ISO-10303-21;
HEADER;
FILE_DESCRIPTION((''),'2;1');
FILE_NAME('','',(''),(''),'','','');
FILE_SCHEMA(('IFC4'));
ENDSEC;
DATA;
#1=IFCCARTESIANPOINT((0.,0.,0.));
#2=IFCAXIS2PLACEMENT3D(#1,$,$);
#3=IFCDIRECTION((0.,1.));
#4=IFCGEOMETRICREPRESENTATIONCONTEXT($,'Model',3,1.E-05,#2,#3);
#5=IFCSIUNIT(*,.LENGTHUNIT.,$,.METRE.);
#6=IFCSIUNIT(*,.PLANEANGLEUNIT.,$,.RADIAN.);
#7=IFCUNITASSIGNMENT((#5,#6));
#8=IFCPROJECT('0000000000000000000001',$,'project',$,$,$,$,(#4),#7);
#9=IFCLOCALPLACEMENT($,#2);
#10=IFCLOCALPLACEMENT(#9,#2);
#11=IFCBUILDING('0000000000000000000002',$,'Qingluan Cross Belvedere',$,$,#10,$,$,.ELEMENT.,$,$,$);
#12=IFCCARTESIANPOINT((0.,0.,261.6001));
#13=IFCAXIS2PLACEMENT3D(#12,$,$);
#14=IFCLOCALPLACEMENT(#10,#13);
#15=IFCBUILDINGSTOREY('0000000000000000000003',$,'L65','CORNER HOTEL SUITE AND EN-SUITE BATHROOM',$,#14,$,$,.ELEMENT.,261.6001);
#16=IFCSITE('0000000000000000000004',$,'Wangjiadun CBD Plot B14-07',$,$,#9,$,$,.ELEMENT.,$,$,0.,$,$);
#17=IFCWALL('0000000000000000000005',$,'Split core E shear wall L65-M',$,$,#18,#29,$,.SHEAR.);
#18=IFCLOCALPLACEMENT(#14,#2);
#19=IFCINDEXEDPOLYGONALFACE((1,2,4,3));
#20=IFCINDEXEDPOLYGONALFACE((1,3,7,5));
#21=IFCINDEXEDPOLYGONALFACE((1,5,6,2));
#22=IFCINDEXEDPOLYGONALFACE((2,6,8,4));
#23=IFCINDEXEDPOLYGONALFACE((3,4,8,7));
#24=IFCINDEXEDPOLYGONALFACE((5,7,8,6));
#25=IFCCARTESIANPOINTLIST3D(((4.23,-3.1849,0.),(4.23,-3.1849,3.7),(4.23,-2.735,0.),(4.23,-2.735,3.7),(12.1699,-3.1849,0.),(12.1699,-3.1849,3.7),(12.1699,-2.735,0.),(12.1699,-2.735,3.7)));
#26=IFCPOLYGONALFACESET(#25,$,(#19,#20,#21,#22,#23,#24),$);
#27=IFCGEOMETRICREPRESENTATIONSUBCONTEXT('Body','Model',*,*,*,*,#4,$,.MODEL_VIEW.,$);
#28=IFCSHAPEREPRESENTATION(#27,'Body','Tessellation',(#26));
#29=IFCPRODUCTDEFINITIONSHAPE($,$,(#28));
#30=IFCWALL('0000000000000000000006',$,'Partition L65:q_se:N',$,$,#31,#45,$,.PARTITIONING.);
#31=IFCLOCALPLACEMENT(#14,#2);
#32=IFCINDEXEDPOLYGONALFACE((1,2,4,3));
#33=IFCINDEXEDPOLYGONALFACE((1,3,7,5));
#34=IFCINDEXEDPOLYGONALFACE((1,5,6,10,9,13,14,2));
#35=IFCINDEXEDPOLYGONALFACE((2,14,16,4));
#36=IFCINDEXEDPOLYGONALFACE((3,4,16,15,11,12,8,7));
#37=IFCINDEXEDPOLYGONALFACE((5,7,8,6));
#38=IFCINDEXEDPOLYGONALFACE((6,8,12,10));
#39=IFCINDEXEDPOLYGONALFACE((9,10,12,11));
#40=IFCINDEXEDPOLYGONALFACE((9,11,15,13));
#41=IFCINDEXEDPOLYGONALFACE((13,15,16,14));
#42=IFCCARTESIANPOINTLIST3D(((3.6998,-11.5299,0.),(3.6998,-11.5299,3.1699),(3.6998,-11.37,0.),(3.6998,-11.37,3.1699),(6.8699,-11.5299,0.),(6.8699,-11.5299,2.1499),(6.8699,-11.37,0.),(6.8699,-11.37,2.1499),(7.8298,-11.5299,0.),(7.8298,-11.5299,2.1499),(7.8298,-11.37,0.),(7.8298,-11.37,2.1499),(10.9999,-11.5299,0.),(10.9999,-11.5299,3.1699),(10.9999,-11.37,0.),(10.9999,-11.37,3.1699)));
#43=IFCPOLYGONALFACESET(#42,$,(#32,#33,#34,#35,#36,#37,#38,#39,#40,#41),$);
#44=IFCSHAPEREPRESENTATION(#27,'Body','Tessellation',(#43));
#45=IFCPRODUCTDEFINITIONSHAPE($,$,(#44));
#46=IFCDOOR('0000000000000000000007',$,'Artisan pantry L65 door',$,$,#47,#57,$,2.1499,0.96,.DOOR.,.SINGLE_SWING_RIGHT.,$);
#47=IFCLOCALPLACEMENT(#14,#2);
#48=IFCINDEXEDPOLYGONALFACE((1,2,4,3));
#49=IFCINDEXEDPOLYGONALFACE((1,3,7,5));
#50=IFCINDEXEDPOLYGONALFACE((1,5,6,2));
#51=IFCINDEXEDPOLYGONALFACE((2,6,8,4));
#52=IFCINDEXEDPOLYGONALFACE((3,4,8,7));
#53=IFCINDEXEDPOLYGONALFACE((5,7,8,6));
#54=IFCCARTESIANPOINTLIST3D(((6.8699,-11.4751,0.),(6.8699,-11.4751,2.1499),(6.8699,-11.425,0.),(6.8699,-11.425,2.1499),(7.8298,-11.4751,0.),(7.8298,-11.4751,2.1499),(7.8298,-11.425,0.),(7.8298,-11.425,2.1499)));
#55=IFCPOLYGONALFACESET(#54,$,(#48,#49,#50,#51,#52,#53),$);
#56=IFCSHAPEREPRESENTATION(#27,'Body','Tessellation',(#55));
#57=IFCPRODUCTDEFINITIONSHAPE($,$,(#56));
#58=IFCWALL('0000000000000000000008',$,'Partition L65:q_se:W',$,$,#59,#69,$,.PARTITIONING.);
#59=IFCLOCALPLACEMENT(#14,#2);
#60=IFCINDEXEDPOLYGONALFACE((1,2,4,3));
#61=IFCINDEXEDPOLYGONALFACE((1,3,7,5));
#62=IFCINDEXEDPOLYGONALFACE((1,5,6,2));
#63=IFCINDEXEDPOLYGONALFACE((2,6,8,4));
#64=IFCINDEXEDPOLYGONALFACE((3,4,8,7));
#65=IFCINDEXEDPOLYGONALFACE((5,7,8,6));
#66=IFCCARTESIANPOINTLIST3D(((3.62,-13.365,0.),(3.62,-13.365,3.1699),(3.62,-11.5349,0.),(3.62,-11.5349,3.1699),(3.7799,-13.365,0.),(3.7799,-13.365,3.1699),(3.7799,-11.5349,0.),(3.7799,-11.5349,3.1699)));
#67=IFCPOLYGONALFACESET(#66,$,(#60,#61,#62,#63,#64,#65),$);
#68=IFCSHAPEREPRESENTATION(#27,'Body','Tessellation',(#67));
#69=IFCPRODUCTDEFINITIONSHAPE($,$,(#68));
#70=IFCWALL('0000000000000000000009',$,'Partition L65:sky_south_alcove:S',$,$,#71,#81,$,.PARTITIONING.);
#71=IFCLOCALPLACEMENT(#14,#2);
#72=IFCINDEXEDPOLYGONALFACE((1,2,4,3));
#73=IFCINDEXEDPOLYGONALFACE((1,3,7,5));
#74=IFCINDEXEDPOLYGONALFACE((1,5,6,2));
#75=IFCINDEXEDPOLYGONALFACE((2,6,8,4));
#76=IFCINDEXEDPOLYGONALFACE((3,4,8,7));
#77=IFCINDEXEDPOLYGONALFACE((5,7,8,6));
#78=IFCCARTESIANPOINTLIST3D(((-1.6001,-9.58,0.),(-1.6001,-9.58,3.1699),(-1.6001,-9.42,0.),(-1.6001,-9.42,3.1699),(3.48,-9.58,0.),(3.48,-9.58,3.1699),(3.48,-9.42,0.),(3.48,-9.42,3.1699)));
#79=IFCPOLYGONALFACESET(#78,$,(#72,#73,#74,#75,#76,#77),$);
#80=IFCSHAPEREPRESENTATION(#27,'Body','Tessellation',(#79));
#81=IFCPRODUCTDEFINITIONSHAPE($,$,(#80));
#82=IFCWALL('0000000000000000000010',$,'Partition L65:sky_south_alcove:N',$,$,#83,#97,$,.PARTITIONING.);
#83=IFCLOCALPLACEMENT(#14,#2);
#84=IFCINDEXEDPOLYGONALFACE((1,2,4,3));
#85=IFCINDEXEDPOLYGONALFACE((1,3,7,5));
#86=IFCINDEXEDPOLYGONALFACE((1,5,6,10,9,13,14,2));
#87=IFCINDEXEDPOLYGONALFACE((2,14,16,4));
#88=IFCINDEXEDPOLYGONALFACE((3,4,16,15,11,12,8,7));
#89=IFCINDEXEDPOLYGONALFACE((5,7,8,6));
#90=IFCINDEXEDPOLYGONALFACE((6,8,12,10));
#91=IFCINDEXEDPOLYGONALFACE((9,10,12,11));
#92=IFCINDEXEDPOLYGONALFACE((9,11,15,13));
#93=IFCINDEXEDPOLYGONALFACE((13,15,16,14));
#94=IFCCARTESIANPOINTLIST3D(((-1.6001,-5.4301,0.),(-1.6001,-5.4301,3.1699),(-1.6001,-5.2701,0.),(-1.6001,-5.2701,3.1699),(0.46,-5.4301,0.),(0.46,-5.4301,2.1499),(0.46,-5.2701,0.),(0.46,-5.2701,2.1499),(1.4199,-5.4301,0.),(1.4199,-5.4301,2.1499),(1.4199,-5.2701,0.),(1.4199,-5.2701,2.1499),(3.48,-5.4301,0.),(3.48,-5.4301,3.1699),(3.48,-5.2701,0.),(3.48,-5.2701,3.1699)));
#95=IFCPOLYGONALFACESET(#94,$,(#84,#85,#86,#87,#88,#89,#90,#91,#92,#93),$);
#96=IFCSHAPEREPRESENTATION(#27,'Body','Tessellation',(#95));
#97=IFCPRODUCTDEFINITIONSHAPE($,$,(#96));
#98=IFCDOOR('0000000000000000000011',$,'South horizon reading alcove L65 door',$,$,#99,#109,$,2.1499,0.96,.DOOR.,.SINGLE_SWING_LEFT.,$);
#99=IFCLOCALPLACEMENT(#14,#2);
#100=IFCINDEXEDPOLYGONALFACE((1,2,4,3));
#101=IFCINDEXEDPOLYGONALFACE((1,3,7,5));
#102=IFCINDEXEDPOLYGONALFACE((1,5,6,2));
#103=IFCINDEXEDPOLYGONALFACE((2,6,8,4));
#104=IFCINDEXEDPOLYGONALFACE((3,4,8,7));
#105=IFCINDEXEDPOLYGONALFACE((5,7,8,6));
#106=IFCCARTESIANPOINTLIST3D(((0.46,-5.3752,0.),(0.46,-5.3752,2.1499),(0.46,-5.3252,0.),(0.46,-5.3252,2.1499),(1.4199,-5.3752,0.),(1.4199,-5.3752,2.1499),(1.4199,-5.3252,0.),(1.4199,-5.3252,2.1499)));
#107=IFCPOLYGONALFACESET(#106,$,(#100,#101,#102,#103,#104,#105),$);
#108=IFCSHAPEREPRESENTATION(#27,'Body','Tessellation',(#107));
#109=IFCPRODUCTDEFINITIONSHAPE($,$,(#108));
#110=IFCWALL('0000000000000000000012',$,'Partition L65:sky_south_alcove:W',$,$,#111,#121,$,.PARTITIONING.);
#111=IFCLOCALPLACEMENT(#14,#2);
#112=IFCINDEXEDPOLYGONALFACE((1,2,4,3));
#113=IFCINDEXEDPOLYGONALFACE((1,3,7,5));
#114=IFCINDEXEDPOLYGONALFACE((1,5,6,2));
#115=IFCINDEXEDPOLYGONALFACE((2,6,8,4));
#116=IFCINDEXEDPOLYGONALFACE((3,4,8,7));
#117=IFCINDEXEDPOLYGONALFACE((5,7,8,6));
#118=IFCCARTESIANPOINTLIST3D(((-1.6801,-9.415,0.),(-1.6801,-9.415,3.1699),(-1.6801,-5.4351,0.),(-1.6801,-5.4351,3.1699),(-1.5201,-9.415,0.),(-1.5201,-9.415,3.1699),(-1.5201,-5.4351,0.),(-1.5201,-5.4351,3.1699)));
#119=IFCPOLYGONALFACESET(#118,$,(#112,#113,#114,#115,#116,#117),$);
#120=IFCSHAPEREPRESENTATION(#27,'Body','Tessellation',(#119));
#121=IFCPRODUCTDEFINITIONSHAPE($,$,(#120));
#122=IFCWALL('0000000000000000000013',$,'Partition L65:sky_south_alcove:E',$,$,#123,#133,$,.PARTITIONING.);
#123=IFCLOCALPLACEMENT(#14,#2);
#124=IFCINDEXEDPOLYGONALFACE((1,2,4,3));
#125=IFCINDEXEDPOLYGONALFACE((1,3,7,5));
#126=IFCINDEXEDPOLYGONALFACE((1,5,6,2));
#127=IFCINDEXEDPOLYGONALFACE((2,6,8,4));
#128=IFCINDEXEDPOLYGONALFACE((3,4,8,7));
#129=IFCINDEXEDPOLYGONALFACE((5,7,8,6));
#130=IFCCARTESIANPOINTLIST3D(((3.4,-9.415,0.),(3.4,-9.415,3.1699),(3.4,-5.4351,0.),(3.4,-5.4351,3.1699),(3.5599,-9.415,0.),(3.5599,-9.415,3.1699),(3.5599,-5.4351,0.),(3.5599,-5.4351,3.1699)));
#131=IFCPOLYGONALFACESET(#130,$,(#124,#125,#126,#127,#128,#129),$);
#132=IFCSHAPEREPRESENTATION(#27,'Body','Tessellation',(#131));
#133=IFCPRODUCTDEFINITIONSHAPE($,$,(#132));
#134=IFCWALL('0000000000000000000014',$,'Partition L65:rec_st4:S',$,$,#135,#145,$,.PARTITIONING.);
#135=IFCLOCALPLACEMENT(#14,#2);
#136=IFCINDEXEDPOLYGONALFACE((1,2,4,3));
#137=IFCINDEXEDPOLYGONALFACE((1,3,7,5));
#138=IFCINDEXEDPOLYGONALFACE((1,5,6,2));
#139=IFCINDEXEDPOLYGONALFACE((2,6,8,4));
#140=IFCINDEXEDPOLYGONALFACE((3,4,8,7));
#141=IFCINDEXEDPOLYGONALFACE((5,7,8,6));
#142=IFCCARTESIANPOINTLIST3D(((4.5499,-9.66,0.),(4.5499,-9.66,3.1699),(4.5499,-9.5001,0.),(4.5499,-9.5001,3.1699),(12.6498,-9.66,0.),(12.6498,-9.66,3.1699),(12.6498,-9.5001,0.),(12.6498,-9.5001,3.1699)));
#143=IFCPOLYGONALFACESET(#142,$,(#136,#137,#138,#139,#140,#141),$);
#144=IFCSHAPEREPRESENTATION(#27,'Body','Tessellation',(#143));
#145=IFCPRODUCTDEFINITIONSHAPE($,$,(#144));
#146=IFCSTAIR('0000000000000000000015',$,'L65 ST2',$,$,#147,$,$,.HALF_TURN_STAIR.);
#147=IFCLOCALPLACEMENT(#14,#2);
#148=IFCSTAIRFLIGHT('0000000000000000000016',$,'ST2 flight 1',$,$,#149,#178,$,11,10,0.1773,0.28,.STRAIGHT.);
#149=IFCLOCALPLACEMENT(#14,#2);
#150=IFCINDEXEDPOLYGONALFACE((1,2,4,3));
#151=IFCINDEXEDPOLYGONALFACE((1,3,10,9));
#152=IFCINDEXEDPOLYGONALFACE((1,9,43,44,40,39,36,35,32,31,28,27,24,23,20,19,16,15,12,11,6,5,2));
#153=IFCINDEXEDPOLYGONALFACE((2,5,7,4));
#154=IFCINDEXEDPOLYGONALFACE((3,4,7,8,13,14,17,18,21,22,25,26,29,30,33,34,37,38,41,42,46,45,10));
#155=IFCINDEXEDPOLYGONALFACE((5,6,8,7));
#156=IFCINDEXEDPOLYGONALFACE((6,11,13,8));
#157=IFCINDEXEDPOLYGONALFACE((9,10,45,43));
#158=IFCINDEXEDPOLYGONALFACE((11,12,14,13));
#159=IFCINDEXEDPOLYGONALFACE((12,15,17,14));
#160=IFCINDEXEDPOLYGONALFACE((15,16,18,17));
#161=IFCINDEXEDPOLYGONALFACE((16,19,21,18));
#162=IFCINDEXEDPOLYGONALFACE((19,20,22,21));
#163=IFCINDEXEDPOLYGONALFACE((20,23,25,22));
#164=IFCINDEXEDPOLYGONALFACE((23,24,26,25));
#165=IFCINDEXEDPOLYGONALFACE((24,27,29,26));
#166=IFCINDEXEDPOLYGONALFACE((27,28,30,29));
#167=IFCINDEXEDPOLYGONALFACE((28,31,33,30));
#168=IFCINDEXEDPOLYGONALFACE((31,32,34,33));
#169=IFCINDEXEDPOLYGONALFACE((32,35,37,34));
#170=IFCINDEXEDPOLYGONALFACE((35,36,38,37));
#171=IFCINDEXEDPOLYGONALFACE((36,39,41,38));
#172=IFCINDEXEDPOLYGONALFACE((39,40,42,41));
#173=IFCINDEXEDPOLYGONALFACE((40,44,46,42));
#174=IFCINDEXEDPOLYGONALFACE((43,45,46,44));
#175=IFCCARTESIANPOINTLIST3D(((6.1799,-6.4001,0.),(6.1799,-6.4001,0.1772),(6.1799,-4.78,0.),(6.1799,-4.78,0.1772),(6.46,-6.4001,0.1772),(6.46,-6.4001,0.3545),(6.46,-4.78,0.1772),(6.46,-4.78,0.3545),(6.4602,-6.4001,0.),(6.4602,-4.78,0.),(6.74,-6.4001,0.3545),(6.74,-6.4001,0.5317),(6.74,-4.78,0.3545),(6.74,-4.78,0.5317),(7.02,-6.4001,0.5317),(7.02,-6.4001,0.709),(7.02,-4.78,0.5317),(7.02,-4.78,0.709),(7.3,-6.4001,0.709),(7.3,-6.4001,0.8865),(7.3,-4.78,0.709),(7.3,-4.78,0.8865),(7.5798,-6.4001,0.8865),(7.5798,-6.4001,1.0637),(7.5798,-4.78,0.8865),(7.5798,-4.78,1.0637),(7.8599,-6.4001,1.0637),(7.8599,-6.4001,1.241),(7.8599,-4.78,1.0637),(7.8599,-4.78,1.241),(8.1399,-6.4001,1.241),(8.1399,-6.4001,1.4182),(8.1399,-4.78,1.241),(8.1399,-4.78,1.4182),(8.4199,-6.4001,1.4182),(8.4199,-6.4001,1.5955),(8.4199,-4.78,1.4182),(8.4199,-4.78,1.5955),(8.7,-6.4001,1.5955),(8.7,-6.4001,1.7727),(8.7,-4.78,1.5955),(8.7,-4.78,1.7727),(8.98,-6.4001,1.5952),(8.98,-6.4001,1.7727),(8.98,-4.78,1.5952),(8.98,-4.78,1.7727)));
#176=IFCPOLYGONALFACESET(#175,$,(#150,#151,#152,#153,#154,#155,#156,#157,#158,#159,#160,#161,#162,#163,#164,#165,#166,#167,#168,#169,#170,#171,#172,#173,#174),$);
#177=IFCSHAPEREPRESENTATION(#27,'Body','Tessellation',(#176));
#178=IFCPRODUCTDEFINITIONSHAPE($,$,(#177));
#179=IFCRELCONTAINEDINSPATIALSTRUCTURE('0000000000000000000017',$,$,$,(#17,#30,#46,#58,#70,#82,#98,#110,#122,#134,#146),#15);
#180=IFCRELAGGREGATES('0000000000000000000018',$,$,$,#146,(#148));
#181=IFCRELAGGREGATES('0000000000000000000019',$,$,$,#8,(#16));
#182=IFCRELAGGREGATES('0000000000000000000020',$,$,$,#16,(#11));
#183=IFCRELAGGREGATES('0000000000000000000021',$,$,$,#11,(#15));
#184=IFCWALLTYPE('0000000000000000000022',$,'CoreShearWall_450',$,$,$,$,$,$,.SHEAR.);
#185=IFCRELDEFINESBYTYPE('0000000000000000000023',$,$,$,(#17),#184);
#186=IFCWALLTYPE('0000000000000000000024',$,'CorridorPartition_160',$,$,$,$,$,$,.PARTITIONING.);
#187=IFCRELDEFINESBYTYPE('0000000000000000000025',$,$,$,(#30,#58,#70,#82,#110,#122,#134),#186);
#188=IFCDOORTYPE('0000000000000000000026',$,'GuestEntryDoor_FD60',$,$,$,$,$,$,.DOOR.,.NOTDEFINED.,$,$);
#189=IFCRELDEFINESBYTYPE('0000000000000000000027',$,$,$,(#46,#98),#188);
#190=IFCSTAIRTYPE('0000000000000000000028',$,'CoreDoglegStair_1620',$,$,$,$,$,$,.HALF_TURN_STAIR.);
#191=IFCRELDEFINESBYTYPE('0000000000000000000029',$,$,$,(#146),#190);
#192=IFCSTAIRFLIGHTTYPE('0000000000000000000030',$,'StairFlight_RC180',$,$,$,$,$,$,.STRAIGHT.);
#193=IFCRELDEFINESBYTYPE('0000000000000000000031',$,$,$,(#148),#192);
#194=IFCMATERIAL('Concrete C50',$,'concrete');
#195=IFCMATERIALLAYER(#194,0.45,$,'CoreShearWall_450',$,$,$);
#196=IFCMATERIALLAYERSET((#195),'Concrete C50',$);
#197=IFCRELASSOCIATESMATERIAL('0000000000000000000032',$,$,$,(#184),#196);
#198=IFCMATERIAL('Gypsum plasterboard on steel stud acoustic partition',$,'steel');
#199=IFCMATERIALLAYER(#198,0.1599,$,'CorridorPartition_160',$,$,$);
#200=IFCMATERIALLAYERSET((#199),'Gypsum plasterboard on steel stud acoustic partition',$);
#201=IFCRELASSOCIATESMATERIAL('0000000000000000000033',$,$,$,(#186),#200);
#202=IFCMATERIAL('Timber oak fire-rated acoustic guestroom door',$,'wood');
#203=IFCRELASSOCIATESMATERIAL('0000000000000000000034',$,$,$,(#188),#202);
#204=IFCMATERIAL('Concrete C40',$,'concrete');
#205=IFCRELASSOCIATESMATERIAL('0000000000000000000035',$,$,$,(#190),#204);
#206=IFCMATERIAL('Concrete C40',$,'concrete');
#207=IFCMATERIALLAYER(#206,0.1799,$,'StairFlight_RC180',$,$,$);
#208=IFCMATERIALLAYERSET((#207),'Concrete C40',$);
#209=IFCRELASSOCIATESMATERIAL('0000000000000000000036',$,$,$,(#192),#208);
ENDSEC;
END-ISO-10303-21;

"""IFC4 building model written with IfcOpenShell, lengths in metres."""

from ifc_helpers import new_model, si_unit, direction, frame, frame_2d, origin, place, context, subcontext, project, spatial, polyline, rectangle, outline, extrude, material, layer, layer_set, type_object, element, fill, aggregate, save


model = new_model("IFC4")

# Units and contexts
model_context = context("Model", 3, precision=1e-05, world=origin(), true_north=direction((0.0, 1.0)))
body_context = subcontext(model_context, "Body", "Model", "MODEL_VIEW")
ifc_project = project(units=[si_unit("LENGTHUNIT", "METRE"), si_unit("PLANEANGLEUNIT", "RADIAN")], contexts=[model_context])

# Site, building, storey
site_placement = place(None, origin())
site = spatial("IfcSite", under=ifc_project, at=site_placement, Name="Wangjiadun CBD Plot B14-07", CompositionType="ELEMENT", RefElevation=0.0)
building_placement = place(site_placement, origin())
building = spatial("IfcBuilding", under=site, at=building_placement, Name="Qingluan Cross Belvedere", CompositionType="ELEMENT")
storey_placement = place(building_placement, frame((0.0, 0.0, 261.6001)))
storey = spatial("IfcBuildingStorey", under=building, at=storey_placement, Name="L65", Description="CORNER HOTEL SUITE AND EN-SUITE BATHROOM", CompositionType="ELEMENT", Elevation=261.6001)

# Shared definitions
ifc_material_1 = material(Name="Concrete C50", Category="concrete")
ifc_layer_1 = layer(ifc_material_1, 0.45, Name="CoreShearWall_450")
ifc_layer_set_1 = layer_set([ifc_layer_1], Name="Concrete C50")
wall_type_1 = type_object("IfcWallType", Name="CoreShearWall_450", PredefinedType="SHEAR", material=ifc_layer_set_1)

# Wall
wall_1_placement = place(storey_placement, frame((4.23, -2.96, 0.0), z_axis=(0.0, 0.0, 1.0), x_axis=(1.0, 0.0, 0.0)))
element("IfcWall", 1, at=wall_1_placement, inside=storey, type_object=wall_type_1, Name="Split core E shear wall L65-M", PredefinedType="SHEAR", context=body_context, shape_type="SweptSolid", body=[
    extrude(rectangle(XDim=7.9399, YDim=0.45, at=frame_2d((3.97, 0.0))), origin(), (0.0, 0.0, 1.0), 3.7),
])

# Wall, opening, door
ifc_material_2 = material(Name="Gypsum plasterboard on steel stud acoustic partition", Category="steel")
ifc_layer_2 = layer(ifc_material_2, 0.1599, Name="CorridorPartition_160")
ifc_layer_set_2 = layer_set([ifc_layer_2], Name="Gypsum plasterboard on steel stud acoustic partition")
wall_type_2 = type_object("IfcWallType", Name="CorridorPartition_160", PredefinedType="PARTITIONING", material=ifc_layer_set_2)
wall_2_placement = place(storey_placement, frame((3.7, -11.45, 0.0), z_axis=(0.0, 0.0, 1.0), x_axis=(1.0, 0.0, 0.0)))
wall_2 = element("IfcWall", 2, at=wall_2_placement, inside=storey, type_object=wall_type_2, Name="Partition L65:q_se:N", PredefinedType="PARTITIONING", context=body_context, shape_type="SweptSolid", body=[
    extrude(rectangle(XDim=7.3, YDim=0.1599, at=frame_2d((3.6499, 0.0))), origin(), (0.0, 0.0, 1.0), 3.1699),
])
opening_1_placement = place(wall_2_placement, frame((3.1699, 0.0, 0.0)))
opening_1 = element("IfcOpeningElement", 3, at=opening_1_placement, cuts=wall_2, PredefinedType="OPENING", context=body_context, shape_type="SweptSolid", body=[
    extrude(rectangle(XDim=0.96, YDim=2.1499, at=frame_2d((0.48, 1.075))), frame((0.0, 0.0898, 0.0), z_axis=(0.0, -1.0, 0.0), x_axis=(1.0, 0.0, 0.0)), (0.0, 0.0, 1.0), 0.1799),
])
ifc_material_3 = material(Name="Timber oak fire-rated acoustic guestroom door", Category="wood")
door_type_1 = type_object("IfcDoorType", Name="GuestEntryDoor_FD60", OperationType="NOTDEFINED", PredefinedType="DOOR", material=ifc_material_3)
door_1_placement = place(opening_1_placement, origin())
door_1 = element("IfcDoor", 4, at=door_1_placement, inside=storey, type_object=door_type_1, Name="Artisan pantry L65 door", OperationType="SINGLE_SWING_RIGHT", OverallHeight=2.1499, OverallWidth=0.96, PredefinedType="DOOR", context=body_context, shape_type="SweptSolid", body=[
    extrude(rectangle(XDim=0.96, YDim=2.1499, at=frame_2d((0.48, 1.075))), frame((0.0, 0.0249, 0.0), z_axis=(0.0, -1.0, 0.0), x_axis=(1.0, 0.0, 0.0)), (0.0, 0.0, 1.0), 0.05),
])
fill(opening_1, door_1)

# Walls
wall_3_placement = place(storey_placement, frame((3.7, -13.365, 0.0), z_axis=(0.0, 0.0, 1.0), x_axis=(0.0, 1.0, 0.0)))
element("IfcWall", 5, at=wall_3_placement, inside=storey, type_object=wall_type_2, Name="Partition L65:q_se:W", PredefinedType="PARTITIONING", context=body_context, shape_type="SweptSolid", body=[
    extrude(rectangle(XDim=1.8301, YDim=0.1599, at=frame_2d((0.915, 0.0))), origin(), (0.0, 0.0, 1.0), 3.1699),
])
wall_4_placement = place(storey_placement, frame((-1.6001, -9.5, 0.0), z_axis=(0.0, 0.0, 1.0), x_axis=(1.0, 0.0, 0.0)))
element("IfcWall", 6, at=wall_4_placement, inside=storey, type_object=wall_type_2, Name="Partition L65:sky_south_alcove:S", PredefinedType="PARTITIONING", context=body_context, shape_type="SweptSolid", body=[
    extrude(rectangle(XDim=5.0801, YDim=0.1599, at=frame_2d((2.54, 0.0))), origin(), (0.0, 0.0, 1.0), 3.1699),
])

# Wall, opening, door
wall_5_placement = place(storey_placement, frame((-1.6001, -5.3501, 0.0), z_axis=(0.0, 0.0, 1.0), x_axis=(1.0, 0.0, 0.0)))
wall_5 = element("IfcWall", 7, at=wall_5_placement, inside=storey, type_object=wall_type_2, Name="Partition L65:sky_south_alcove:N", PredefinedType="PARTITIONING", context=body_context, shape_type="SweptSolid", body=[
    extrude(rectangle(XDim=5.0801, YDim=0.1599, at=frame_2d((2.54, 0.0))), origin(), (0.0, 0.0, 1.0), 3.1699),
])
opening_2_placement = place(wall_5_placement, frame((2.0601, 0.0, 0.0)))
opening_2 = element("IfcOpeningElement", 8, at=opening_2_placement, cuts=wall_5, PredefinedType="OPENING", context=body_context, shape_type="SweptSolid", body=[
    extrude(rectangle(XDim=0.96, YDim=2.1499, at=frame_2d((0.48, 1.075))), frame((0.0, 0.0898, 0.0), z_axis=(0.0, -1.0, 0.0), x_axis=(1.0, 0.0, 0.0)), (0.0, 0.0, 1.0), 0.1799),
])
door_2_placement = place(opening_2_placement, origin())
door_2 = element("IfcDoor", 9, at=door_2_placement, inside=storey, type_object=door_type_1, Name="South horizon reading alcove L65 door", OperationType="SINGLE_SWING_LEFT", OverallHeight=2.1499, OverallWidth=0.96, PredefinedType="DOOR", context=body_context, shape_type="SweptSolid", body=[
    extrude(rectangle(XDim=0.96, YDim=2.1499, at=frame_2d((0.48, 1.075))), frame((0.0, 0.0249, 0.0), z_axis=(0.0, -1.0, 0.0), x_axis=(1.0, 0.0, 0.0)), (0.0, 0.0, 1.0), 0.05),
])
fill(opening_2, door_2)

# Walls
for number, where, z_axis, x_axis, name in (
    (10, (-1.6001, -9.415, 0.0), (0.0, 0.0, 1.0), (0.0, 1.0, 0.0), "Partition L65:sky_south_alcove:W"),
    (11, (3.48, -9.415, 0.0), (0.0, 0.0, 1.0), (0.0, 1.0, 0.0), "Partition L65:sky_south_alcove:E"),
):
    element("IfcWall", number, at=place(storey_placement, frame(where, z_axis=z_axis, x_axis=x_axis)), inside=storey, type_object=wall_type_2, Name=name, PredefinedType="PARTITIONING", context=body_context, shape_type="SweptSolid", body=[
        extrude(rectangle(XDim=3.98, YDim=0.1599, at=frame_2d((1.99, 0.0))), origin(), (0.0, 0.0, 1.0), 3.1699),
    ])
wall_6_placement = place(storey_placement, frame((4.55, -9.5801, 0.0), z_axis=(0.0, 0.0, 1.0), x_axis=(1.0, 0.0, 0.0)))
element("IfcWall", 12, at=wall_6_placement, inside=storey, type_object=wall_type_2, Name="Partition L65:rec_st4:S", PredefinedType="PARTITIONING", context=body_context, shape_type="SweptSolid", body=[
    extrude(rectangle(XDim=8.0999, YDim=0.1599, at=frame_2d((4.0498, 0.0))), origin(), (0.0, 0.0, 1.0), 3.1699),
])

# Stair, stair flight
ifc_material_4 = material(Name="Concrete C40", Category="concrete")
stair_type = type_object("IfcStairType", Name="CoreDoglegStair_1620", PredefinedType="HALF_TURN_STAIR", material=ifc_material_4)
stair_placement = place(storey_placement, origin())
stair = element("IfcStair", 13, at=stair_placement, inside=storey, type_object=stair_type, Name="L65 ST2", PredefinedType="HALF_TURN_STAIR")
ifc_material_5 = material(Name="Concrete C40", Category="concrete")
ifc_layer_3 = layer(ifc_material_5, 0.1799, Name="StairFlight_RC180")
ifc_layer_set_3 = layer_set([ifc_layer_3], Name="Concrete C40")
stair_flight_type = type_object("IfcStairFlightType", Name="StairFlight_RC180", PredefinedType="STRAIGHT", material=ifc_layer_set_3)
stair_flight_placement = place(storey_placement, frame((6.1799, -5.5901, 0.0), z_axis=(0.0, 0.0, 1.0), x_axis=(1.0, 0.0, 0.0)))
stair_flight = element("IfcStairFlight", 14, at=stair_flight_placement, type_object=stair_flight_type, Name="ST2 flight 1", NumberOfRisers=11, NumberOfTreads=10, PredefinedType="STRAIGHT", RiserHeight=0.1773, TreadLength=0.28, context=body_context, shape_type="SweptSolid", body=[
    extrude(outline(polyline([(0.0, 0.0), (0.0, 0.1772), (0.28, 0.1772), (0.28, 0.3545), (0.5601, 0.3545), (0.5601, 0.5317), (0.8401, 0.5317), (0.8401, 0.709), (1.1201, 0.709), (1.1201, 0.8865), (1.3999, 0.8865), (1.3999, 1.0637), (1.6799, 1.0637), (1.6799, 1.241), (1.96, 1.241), (1.96, 1.4182), (2.24, 1.4182), (2.24, 1.5955), (2.52, 1.5955), (2.52, 1.7727), (2.8, 1.7727), (2.8, 1.95), (2.8, 1.5952), (0.2803, 0.0), (0.0, 0.0)])), frame((0.0, 0.8101, 0.0), z_axis=(0.0, -1.0, 0.0), x_axis=(1.0, 0.0, 0.0)), (0.0, 0.0, 1.0), 1.6201),
])
aggregate(stair, [stair_flight])

save(model, "model.ifc")
